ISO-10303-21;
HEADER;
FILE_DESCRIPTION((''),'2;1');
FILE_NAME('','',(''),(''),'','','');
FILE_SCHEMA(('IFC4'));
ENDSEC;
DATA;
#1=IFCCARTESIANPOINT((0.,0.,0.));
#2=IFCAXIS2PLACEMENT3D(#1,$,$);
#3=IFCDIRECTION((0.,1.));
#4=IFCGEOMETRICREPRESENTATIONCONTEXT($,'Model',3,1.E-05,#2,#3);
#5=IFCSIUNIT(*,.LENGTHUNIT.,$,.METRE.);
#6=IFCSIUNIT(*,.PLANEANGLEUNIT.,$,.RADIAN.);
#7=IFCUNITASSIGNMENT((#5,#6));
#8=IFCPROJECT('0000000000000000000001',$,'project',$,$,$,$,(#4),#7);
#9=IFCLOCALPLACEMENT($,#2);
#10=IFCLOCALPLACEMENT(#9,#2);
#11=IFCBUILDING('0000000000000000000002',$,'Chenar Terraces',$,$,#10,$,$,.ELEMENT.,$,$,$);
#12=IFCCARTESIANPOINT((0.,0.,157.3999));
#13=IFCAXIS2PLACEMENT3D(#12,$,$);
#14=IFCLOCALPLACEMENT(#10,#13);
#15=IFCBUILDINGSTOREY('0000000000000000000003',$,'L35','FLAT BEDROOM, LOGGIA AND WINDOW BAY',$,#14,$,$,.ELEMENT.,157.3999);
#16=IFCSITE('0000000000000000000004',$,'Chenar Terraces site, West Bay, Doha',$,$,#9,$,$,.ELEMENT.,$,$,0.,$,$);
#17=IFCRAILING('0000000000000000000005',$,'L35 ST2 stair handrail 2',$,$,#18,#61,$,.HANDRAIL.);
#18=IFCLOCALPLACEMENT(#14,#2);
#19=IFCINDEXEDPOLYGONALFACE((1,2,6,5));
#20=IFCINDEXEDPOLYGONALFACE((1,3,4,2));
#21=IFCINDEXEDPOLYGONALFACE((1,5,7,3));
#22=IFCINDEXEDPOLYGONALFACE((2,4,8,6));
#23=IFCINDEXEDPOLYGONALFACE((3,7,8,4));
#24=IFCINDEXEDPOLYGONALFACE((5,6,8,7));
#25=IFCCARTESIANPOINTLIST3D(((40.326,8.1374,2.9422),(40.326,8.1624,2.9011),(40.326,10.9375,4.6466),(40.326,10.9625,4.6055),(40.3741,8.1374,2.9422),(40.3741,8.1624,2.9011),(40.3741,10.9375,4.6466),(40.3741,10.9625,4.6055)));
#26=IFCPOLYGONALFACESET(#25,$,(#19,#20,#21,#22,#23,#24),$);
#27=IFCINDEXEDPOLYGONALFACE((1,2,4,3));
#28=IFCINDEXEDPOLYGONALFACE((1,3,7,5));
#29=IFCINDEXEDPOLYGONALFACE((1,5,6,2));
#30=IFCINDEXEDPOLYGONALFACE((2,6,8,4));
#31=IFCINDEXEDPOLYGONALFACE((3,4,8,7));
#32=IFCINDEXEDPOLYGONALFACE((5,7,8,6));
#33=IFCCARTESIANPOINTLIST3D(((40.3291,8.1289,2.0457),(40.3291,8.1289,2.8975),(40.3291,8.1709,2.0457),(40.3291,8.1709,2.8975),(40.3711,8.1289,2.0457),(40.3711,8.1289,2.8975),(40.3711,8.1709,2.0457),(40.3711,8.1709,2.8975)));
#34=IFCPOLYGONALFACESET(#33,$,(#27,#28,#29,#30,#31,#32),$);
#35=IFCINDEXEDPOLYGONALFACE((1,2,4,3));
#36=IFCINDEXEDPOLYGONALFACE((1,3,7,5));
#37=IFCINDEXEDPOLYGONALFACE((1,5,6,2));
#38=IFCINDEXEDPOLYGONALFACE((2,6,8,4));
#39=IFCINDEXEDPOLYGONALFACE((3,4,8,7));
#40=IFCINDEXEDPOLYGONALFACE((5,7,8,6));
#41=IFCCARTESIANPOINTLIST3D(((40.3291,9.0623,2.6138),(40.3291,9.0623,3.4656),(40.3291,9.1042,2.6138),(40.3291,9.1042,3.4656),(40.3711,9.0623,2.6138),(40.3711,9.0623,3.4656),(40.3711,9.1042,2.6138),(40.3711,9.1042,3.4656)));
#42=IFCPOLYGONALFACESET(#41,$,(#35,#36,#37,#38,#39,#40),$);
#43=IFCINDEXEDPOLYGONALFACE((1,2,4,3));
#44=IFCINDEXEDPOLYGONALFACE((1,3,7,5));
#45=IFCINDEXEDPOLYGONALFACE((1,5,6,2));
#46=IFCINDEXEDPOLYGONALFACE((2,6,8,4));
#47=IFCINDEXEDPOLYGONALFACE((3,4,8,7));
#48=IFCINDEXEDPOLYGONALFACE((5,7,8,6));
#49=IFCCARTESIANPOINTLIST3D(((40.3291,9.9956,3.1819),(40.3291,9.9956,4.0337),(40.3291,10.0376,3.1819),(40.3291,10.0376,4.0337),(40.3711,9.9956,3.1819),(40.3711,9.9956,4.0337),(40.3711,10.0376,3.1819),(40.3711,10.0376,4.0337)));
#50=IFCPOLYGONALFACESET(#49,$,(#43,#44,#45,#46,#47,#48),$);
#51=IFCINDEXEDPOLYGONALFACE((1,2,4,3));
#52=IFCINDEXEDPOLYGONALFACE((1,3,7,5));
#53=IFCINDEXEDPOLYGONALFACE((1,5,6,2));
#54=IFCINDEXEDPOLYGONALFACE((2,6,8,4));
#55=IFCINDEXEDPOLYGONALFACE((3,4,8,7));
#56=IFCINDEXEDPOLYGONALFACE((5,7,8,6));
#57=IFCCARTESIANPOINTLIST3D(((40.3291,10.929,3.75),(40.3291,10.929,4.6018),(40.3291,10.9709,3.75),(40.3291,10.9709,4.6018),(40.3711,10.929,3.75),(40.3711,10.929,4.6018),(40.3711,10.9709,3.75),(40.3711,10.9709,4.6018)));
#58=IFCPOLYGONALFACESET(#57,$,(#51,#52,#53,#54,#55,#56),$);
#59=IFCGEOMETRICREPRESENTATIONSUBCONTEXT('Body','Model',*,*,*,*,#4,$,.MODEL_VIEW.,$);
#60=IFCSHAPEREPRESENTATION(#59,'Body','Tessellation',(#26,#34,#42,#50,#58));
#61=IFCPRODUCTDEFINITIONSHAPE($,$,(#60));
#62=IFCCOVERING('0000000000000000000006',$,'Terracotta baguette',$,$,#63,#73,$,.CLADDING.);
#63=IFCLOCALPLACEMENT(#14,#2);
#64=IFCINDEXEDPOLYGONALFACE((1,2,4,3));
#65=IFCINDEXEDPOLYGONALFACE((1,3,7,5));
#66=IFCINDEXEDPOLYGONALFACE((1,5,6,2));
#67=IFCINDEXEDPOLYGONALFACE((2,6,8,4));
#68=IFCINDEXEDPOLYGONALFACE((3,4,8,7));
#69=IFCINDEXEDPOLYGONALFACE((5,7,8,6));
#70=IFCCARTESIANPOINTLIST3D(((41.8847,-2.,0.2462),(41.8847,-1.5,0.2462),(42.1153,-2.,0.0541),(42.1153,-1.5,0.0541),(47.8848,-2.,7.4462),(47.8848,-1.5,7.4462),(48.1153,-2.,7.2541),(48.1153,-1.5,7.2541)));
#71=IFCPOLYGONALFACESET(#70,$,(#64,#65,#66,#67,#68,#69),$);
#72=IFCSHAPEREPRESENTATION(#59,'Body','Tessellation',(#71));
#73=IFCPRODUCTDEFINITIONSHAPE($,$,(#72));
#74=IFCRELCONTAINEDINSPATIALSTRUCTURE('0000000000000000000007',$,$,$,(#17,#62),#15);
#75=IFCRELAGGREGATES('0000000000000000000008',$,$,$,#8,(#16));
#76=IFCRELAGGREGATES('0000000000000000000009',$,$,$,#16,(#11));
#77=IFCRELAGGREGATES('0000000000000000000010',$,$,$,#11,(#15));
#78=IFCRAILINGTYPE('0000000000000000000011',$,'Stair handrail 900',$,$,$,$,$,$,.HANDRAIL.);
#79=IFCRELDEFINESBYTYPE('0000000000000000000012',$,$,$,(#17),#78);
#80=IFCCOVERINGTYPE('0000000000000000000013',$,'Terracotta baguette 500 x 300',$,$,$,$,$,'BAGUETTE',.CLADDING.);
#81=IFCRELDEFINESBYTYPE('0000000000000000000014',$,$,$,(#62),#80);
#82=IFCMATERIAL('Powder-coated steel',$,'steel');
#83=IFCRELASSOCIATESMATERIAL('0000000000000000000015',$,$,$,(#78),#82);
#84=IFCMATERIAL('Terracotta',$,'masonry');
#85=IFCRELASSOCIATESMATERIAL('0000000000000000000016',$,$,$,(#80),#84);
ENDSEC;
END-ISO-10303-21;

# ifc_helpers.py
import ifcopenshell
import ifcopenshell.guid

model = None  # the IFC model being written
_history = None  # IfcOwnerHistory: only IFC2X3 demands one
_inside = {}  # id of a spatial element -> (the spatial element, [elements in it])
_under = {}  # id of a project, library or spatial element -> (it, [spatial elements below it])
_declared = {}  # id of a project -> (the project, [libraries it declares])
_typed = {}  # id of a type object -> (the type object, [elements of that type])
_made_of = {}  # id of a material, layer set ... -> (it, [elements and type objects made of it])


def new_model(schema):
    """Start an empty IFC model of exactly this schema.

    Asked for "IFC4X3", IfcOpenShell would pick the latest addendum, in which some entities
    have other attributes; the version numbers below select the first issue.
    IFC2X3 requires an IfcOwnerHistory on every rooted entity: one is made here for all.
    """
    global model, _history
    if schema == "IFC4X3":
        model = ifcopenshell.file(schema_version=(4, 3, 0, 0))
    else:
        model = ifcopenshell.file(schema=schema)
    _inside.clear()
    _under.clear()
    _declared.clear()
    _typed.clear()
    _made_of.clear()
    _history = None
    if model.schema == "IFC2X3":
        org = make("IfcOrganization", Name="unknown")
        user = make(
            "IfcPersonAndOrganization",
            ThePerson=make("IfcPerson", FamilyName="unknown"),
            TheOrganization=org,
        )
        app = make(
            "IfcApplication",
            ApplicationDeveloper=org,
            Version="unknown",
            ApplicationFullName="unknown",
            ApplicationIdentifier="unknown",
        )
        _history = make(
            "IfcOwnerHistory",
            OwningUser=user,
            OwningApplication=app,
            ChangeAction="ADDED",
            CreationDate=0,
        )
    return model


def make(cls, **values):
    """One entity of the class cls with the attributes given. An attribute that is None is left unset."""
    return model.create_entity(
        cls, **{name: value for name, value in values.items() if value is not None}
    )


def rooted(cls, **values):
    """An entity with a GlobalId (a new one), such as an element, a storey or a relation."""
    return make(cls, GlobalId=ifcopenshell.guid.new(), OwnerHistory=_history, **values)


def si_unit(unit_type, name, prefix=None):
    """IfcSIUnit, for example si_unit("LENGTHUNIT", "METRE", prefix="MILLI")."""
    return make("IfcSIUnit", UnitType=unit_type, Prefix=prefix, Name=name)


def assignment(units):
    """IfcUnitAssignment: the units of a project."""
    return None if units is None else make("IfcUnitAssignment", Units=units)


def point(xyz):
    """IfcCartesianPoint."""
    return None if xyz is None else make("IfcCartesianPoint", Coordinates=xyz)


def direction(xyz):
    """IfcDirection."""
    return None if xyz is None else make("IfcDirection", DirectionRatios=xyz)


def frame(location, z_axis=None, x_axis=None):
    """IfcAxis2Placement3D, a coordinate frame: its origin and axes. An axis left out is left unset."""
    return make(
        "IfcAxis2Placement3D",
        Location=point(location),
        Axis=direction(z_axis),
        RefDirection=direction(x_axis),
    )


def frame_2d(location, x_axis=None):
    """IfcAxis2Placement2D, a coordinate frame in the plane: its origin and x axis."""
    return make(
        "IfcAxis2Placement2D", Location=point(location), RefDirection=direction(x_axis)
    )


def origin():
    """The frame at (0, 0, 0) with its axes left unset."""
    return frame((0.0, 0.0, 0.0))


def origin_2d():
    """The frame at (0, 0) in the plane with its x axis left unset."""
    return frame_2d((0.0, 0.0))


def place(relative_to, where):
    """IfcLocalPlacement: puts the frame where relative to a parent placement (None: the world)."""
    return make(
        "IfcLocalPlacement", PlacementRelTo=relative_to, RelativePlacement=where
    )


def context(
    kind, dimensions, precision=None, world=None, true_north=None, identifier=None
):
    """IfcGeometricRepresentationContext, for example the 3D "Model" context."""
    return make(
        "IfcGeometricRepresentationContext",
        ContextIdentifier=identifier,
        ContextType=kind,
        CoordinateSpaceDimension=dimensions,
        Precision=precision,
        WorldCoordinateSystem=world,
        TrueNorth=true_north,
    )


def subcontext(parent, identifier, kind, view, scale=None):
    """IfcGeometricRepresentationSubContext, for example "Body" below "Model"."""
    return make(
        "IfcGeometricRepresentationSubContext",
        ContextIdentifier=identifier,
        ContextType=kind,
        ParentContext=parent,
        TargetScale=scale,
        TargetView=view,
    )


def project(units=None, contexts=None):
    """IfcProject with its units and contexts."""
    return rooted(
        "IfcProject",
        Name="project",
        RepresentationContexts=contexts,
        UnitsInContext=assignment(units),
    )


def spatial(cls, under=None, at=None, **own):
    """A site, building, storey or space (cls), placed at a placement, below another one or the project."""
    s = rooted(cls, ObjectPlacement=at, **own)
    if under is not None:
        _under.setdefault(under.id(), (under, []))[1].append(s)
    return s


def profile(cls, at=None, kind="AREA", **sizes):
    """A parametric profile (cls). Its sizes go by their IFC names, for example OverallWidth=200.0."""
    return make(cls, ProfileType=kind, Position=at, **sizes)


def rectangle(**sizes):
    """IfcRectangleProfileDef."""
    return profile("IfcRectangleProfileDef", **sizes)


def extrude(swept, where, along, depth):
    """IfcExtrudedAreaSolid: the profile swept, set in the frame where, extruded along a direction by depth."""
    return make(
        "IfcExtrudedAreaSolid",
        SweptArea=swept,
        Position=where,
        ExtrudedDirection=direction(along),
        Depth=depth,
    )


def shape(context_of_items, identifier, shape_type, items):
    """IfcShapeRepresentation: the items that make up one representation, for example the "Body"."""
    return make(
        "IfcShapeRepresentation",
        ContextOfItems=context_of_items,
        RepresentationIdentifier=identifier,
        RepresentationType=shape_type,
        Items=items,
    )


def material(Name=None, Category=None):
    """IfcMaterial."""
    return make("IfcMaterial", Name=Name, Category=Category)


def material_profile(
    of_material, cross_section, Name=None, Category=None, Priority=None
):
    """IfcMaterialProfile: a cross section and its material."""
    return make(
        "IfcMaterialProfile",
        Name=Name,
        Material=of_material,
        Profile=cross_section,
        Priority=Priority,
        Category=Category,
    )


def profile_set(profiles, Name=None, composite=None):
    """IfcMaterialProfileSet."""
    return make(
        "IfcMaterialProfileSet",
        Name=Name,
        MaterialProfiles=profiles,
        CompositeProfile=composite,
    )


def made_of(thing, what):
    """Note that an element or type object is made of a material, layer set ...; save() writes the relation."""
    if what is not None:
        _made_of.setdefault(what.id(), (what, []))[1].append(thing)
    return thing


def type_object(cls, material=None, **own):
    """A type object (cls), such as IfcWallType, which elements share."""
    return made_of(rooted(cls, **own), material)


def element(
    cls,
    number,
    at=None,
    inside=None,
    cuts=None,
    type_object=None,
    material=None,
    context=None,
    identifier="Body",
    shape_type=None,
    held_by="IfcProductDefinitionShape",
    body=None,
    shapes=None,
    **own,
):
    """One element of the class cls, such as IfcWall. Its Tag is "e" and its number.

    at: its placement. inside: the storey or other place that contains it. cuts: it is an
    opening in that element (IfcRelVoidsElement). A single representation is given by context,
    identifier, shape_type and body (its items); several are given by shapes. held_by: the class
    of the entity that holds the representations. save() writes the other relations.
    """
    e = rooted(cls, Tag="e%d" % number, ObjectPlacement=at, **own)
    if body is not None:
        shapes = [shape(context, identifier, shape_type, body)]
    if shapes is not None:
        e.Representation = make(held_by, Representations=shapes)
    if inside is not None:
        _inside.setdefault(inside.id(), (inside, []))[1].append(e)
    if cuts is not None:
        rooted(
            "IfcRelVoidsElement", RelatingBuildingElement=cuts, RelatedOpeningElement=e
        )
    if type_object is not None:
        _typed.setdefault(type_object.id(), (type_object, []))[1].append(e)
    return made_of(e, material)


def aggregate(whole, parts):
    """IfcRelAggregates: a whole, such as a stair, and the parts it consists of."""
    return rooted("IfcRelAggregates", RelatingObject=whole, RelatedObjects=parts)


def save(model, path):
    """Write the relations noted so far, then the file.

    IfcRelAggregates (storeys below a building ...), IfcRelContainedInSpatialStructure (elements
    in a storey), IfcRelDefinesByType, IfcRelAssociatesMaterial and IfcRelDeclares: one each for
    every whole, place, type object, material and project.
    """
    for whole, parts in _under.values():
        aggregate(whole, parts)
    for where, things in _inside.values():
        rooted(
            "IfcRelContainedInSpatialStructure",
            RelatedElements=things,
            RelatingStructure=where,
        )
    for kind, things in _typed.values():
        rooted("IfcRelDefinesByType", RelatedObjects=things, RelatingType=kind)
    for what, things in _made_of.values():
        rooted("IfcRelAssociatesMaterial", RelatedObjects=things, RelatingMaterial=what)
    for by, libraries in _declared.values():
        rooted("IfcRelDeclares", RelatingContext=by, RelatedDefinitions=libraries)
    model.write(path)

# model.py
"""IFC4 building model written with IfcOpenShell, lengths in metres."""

from ifc_helpers import new_model, si_unit, direction, frame, origin, origin_2d, place, context, subcontext, project, spatial, rectangle, extrude, material, material_profile, profile_set, type_object, element, save


model = new_model("IFC4")

# Units and contexts
model_context = context("Model", 3, precision=1e-05, world=origin(), true_north=direction((0.0, 1.0)))
body_context = subcontext(model_context, "Body", "Model", "MODEL_VIEW")
ifc_project = project(units=[si_unit("LENGTHUNIT", "METRE"), si_unit("PLANEANGLEUNIT", "RADIAN")], contexts=[model_context])

# Site, building, storey
site_placement = place(None, origin())
site = spatial("IfcSite", under=ifc_project, at=site_placement, Name="Chenar Terraces site, West Bay, Doha", CompositionType="ELEMENT", RefElevation=0.0)
building_placement = place(site_placement, origin())
building = spatial("IfcBuilding", under=site, at=building_placement, Name="Chenar Terraces", CompositionType="ELEMENT")
storey_placement = place(building_placement, frame((0.0, 0.0, 157.3999)))
storey = spatial("IfcBuildingStorey", under=building, at=storey_placement, Name="L35", Description="FLAT BEDROOM, LOGGIA AND WINDOW BAY", CompositionType="ELEMENT", Elevation=157.3999)

# Railing
ifc_material_1 = material(Name="Powder-coated steel", Category="steel")
railing_type_1 = type_object("IfcRailingType", Name="Stair handrail 900", PredefinedType="HANDRAIL", material=ifc_material_1)
railing_1_placement = place(storey_placement, frame((40.3501, 8.1499, 2.0457)))
element("IfcRailing", 1, at=railing_1_placement, inside=storey, type_object=railing_type_1, Name="L35 ST2 stair handrail 2", PredefinedType="HANDRAIL", context=body_context, shape_type="SweptSolid", body=[
    extrude(rectangle(XDim=0.0481, YDim=0.0481, at=origin_2d()), frame((0.0, 0.0, 0.876), z_axis=(0.0, 0.854203, 0.51994), x_axis=(-1.0, 0.0, 0.0)), (0.0, 0.0, 1.0), 3.2781),
    extrude(rectangle(XDim=0.042, YDim=0.042, at=origin_2d()), origin(), (0.0, 0.0, 1.0), 0.8518),
    extrude(rectangle(XDim=0.042, YDim=0.042, at=origin_2d()), frame((0.0, 0.9333, 0.5681)), (0.0, 0.0, 1.0), 0.8518),
    extrude(rectangle(XDim=0.042, YDim=0.042, at=origin_2d()), frame((0.0, 1.8667, 1.1362)), (0.0, 0.0, 1.0), 0.8518),
    extrude(rectangle(XDim=0.042, YDim=0.042, at=origin_2d()), frame((0.0, 2.8, 1.7043)), (0.0, 0.0, 1.0), 0.8518),
])

# Covering
ifc_material_2 = material(Name="Terracotta", Category="masonry")
ifc_material_profile_1 = material_profile(ifc_material_2, rectangle(XDim=0.5, YDim=0.3, at=origin_2d()), Name="Terracotta baguette 500 x 300")
ifc_profile_set_1 = profile_set([ifc_material_profile_1], Name="Terracotta")
covering_type = type_object("IfcCoveringType", Name="Terracotta baguette 500 x 300", ElementType="BAGUETTE", PredefinedType="CLADDING", material=ifc_profile_set_1)
covering_placement = place(storey_placement, frame((42.0, -1.75, 0.1501), z_axis=(0.640187, 0.0, 0.768219), x_axis=(0.0, 1.0, 0.0)))
element("IfcCovering", 2, at=covering_placement, inside=storey, type_object=covering_type, Name="Terracotta baguette", PredefinedType="CLADDING", context=body_context, shape_type="SweptSolid", body=[
    extrude(rectangle(XDim=0.5, YDim=0.3, at=origin_2d()), origin(), (0.0, 0.0, 1.0), 9.3723),
])

save(model, "model.ifc")
